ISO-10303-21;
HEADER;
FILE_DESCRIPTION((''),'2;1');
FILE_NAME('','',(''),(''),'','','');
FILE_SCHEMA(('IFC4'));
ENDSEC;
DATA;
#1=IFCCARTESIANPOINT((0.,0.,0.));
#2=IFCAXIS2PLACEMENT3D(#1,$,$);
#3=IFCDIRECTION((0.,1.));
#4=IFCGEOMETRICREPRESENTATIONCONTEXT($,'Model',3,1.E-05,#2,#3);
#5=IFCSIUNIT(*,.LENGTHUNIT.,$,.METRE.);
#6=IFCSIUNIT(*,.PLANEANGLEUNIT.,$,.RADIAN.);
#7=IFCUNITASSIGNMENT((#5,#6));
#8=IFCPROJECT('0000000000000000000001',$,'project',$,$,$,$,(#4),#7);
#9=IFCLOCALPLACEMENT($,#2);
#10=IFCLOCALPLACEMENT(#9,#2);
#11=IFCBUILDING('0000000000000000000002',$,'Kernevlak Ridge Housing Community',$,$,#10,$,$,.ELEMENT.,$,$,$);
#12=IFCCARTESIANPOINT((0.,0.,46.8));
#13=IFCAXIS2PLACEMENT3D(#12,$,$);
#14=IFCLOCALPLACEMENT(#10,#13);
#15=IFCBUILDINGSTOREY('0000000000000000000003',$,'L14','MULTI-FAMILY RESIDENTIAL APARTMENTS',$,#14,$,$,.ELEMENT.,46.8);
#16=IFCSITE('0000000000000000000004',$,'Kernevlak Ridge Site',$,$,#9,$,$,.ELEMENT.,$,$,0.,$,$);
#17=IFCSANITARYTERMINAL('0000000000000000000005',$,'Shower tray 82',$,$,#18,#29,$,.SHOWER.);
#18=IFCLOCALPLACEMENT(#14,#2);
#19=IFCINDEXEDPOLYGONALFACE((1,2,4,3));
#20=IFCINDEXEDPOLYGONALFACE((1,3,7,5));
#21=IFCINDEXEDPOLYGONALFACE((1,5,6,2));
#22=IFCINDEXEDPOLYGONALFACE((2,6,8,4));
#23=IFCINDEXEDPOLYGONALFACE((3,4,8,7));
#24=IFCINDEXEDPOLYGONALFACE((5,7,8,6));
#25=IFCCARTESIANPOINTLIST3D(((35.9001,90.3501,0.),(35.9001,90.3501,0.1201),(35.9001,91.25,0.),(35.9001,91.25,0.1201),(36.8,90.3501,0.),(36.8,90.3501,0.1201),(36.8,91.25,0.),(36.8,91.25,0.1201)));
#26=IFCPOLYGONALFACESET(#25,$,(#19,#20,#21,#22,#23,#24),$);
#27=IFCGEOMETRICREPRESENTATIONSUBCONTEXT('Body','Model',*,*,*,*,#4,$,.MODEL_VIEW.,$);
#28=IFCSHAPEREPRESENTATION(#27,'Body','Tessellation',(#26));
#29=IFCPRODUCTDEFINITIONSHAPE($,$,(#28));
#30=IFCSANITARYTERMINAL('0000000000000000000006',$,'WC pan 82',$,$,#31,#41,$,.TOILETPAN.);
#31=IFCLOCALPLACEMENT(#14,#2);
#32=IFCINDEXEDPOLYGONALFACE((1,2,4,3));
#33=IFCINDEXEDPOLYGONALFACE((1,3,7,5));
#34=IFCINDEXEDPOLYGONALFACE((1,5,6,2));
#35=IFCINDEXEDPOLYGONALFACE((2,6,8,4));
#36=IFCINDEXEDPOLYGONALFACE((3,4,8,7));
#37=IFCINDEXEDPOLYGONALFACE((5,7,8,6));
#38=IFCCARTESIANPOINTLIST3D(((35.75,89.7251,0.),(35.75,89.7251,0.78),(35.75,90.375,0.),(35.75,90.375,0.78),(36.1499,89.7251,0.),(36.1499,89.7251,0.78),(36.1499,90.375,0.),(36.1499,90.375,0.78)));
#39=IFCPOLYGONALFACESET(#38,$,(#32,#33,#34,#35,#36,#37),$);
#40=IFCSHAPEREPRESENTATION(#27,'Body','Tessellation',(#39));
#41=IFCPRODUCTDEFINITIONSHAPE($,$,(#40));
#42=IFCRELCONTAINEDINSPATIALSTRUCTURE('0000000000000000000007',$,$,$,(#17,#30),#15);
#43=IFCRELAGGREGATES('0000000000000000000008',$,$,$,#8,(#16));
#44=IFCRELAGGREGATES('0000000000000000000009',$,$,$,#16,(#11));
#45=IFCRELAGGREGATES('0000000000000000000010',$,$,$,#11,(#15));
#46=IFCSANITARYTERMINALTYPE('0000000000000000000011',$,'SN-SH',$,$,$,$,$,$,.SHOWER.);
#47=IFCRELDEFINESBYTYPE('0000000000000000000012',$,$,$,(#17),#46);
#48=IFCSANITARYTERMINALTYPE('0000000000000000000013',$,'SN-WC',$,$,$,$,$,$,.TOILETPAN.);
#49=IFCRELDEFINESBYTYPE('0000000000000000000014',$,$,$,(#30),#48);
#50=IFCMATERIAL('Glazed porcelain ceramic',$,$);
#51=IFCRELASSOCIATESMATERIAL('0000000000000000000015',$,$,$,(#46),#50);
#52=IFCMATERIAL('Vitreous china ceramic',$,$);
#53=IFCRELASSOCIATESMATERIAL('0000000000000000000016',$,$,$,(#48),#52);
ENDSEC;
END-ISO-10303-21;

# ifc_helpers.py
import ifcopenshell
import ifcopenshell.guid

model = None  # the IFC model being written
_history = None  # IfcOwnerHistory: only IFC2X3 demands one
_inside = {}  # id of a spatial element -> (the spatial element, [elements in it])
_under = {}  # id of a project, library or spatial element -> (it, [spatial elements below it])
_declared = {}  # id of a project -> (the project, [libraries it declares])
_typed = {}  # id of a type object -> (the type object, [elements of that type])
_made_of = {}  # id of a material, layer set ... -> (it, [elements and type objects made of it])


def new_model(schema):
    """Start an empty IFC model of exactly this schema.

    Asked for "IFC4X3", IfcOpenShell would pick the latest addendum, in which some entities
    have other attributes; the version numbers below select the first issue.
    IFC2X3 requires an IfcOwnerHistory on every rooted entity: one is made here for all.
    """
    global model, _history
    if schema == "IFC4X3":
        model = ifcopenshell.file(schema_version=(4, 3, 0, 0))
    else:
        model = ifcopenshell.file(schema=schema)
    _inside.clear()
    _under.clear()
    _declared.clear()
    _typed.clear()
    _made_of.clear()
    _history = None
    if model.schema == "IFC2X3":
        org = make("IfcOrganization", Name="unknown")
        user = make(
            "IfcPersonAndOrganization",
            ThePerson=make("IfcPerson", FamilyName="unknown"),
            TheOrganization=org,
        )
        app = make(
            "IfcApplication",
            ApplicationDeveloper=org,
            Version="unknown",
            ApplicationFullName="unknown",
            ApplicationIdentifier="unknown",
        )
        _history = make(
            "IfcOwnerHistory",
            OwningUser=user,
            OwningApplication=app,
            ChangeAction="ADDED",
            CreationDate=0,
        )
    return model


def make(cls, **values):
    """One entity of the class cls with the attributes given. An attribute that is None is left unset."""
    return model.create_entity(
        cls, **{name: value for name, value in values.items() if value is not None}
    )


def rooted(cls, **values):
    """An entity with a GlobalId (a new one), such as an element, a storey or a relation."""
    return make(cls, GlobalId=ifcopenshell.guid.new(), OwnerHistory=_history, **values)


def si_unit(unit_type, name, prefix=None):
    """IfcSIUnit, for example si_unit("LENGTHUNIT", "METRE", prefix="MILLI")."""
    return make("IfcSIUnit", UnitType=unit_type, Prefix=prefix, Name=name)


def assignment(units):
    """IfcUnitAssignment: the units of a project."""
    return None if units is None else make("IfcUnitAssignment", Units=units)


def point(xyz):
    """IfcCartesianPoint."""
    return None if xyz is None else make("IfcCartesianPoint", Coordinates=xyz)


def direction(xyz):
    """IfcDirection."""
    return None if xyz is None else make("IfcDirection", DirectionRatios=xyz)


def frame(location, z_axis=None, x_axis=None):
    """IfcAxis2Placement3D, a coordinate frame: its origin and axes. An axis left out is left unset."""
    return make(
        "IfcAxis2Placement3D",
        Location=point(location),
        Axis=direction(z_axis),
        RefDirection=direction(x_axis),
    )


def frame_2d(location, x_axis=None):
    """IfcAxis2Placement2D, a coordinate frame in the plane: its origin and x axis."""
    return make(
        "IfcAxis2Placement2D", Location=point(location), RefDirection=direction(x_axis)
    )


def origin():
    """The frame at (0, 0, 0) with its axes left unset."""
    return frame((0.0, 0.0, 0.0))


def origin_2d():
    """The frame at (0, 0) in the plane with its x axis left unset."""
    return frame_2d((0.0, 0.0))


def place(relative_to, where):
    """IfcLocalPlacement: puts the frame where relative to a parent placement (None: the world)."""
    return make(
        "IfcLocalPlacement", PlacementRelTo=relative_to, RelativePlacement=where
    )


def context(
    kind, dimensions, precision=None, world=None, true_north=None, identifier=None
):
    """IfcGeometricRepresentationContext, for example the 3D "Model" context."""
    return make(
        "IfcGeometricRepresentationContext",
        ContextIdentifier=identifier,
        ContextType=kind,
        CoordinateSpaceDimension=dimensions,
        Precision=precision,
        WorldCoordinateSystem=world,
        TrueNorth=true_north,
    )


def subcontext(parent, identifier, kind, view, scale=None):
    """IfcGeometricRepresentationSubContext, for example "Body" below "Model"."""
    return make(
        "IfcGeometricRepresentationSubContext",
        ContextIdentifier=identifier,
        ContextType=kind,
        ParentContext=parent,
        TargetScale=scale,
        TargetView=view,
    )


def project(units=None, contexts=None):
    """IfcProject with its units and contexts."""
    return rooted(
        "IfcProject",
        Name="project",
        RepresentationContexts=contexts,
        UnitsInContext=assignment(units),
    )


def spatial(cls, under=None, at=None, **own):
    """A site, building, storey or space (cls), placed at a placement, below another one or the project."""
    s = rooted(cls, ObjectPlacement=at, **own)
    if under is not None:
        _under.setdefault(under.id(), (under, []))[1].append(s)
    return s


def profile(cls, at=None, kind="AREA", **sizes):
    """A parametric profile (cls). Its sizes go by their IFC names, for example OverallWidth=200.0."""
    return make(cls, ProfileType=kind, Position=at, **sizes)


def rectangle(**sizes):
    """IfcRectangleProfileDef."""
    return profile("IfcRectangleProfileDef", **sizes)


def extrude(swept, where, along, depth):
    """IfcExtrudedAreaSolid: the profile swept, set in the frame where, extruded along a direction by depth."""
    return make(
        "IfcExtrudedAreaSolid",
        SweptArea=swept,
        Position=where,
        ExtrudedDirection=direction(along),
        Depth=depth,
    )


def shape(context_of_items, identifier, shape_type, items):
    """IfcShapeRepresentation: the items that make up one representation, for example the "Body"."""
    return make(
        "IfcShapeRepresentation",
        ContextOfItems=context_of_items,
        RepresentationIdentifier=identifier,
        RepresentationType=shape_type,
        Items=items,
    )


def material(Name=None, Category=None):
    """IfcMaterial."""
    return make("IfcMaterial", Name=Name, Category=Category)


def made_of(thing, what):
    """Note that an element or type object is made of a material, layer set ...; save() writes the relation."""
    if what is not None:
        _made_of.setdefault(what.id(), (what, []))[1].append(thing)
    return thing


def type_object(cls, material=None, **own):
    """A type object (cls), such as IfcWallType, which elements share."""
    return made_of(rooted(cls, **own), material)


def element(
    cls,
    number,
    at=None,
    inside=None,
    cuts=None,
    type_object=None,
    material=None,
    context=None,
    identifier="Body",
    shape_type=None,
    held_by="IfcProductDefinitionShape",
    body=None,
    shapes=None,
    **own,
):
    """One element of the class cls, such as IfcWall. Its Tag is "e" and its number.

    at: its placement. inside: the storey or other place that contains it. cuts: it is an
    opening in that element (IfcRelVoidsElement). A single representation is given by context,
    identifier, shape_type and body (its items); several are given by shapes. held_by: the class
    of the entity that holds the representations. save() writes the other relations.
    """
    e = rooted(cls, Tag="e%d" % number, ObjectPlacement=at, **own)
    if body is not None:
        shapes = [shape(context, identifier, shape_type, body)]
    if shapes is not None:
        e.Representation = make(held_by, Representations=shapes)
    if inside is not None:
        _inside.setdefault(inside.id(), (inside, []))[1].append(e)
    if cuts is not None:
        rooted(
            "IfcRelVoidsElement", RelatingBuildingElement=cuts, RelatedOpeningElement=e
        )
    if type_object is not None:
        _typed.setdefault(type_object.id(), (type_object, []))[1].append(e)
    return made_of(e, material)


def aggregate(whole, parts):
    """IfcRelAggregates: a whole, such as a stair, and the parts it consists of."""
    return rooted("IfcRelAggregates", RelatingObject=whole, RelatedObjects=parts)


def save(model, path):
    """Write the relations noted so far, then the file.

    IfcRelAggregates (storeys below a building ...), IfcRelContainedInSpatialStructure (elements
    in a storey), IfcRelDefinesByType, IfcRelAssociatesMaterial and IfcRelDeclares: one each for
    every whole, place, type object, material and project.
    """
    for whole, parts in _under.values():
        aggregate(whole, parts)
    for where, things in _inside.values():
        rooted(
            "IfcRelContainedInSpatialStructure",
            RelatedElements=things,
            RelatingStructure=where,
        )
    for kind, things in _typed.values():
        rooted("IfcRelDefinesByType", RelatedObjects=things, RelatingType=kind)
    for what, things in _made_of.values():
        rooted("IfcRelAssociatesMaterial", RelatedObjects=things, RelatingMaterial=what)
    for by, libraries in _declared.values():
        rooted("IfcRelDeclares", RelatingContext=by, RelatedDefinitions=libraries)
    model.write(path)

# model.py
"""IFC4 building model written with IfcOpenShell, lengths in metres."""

from ifc_helpers import new_model, si_unit, direction, frame, origin, origin_2d, place, context, subcontext, project, spatial, rectangle, extrude, material, type_object, element, save


model = new_model("IFC4")

# Units and contexts
model_context = context("Model", 3, precision=1e-05, world=origin(), true_north=direction((0.0, 1.0)))
body_context = subcontext(model_context, "Body", "Model", "MODEL_VIEW")
ifc_project = project(units=[si_unit("LENGTHUNIT", "METRE"), si_unit("PLANEANGLEUNIT", "RADIAN")], contexts=[model_context])

# Site, building, storey
site_placement = place(None, origin())
site = spatial("IfcSite", under=ifc_project, at=site_placement, Name="Kernevlak Ridge Site", CompositionType="ELEMENT", RefElevation=0.0)
building_placement = place(site_placement, origin())
building = spatial("IfcBuilding", under=site, at=building_placement, Name="Kernevlak Ridge Housing Community", CompositionType="ELEMENT")
storey_placement = place(building_placement, frame((0.0, 0.0, 46.8)))
storey = spatial("IfcBuildingStorey", under=building, at=storey_placement, Name="L14", Description="MULTI-FAMILY RESIDENTIAL APARTMENTS", CompositionType="ELEMENT", Elevation=46.8)

# Sanitary terminals
ifc_material_1 = material(Name="Vitreous china ceramic")
ifc_material_2 = material(Name="Glazed porcelain ceramic")
sanitary_terminal_type_1 = type_object("IfcSanitaryTerminalType", Name="SN-SH", PredefinedType="SHOWER", material=ifc_material_2)
sanitary_terminal_1_placement = place(storey_placement, frame((36.3501, 90.8, 0.0), z_axis=(0.0, 0.0, 1.0), x_axis=(1.0, 0.0, 0.0)))
element("IfcSanitaryTerminal", 1, at=sanitary_terminal_1_placement, inside=storey, type_object=sanitary_terminal_type_1, Name="Shower tray 82", PredefinedType="SHOWER", context=body_context, shape_type="SweptSolid", body=[
    extrude(rectangle(XDim=0.8999, YDim=0.8999, at=origin_2d()), origin(), (0.0, 0.0, 1.0), 0.1201),
])
sanitary_terminal_type_2 = type_object("IfcSanitaryTerminalType", Name="SN-WC", PredefinedType="TOILETPAN", material=ifc_material_1)
sanitary_terminal_2_placement = place(storey_placement, frame((35.95, 90.05, 0.0), z_axis=(0.0, 0.0, 1.0), x_axis=(1.0, 0.0, 0.0)))
element("IfcSanitaryTerminal", 2, at=sanitary_terminal_2_placement, inside=storey, type_object=sanitary_terminal_type_2, Name="WC pan 82", PredefinedType="TOILETPAN", context=body_context, shape_type="SweptSolid", body=[
    extrude(rectangle(XDim=0.3999, YDim=0.6499, at=origin_2d()), origin(), (0.0, 0.0, 1.0), 0.78),
])

save(model, "model.ifc")
